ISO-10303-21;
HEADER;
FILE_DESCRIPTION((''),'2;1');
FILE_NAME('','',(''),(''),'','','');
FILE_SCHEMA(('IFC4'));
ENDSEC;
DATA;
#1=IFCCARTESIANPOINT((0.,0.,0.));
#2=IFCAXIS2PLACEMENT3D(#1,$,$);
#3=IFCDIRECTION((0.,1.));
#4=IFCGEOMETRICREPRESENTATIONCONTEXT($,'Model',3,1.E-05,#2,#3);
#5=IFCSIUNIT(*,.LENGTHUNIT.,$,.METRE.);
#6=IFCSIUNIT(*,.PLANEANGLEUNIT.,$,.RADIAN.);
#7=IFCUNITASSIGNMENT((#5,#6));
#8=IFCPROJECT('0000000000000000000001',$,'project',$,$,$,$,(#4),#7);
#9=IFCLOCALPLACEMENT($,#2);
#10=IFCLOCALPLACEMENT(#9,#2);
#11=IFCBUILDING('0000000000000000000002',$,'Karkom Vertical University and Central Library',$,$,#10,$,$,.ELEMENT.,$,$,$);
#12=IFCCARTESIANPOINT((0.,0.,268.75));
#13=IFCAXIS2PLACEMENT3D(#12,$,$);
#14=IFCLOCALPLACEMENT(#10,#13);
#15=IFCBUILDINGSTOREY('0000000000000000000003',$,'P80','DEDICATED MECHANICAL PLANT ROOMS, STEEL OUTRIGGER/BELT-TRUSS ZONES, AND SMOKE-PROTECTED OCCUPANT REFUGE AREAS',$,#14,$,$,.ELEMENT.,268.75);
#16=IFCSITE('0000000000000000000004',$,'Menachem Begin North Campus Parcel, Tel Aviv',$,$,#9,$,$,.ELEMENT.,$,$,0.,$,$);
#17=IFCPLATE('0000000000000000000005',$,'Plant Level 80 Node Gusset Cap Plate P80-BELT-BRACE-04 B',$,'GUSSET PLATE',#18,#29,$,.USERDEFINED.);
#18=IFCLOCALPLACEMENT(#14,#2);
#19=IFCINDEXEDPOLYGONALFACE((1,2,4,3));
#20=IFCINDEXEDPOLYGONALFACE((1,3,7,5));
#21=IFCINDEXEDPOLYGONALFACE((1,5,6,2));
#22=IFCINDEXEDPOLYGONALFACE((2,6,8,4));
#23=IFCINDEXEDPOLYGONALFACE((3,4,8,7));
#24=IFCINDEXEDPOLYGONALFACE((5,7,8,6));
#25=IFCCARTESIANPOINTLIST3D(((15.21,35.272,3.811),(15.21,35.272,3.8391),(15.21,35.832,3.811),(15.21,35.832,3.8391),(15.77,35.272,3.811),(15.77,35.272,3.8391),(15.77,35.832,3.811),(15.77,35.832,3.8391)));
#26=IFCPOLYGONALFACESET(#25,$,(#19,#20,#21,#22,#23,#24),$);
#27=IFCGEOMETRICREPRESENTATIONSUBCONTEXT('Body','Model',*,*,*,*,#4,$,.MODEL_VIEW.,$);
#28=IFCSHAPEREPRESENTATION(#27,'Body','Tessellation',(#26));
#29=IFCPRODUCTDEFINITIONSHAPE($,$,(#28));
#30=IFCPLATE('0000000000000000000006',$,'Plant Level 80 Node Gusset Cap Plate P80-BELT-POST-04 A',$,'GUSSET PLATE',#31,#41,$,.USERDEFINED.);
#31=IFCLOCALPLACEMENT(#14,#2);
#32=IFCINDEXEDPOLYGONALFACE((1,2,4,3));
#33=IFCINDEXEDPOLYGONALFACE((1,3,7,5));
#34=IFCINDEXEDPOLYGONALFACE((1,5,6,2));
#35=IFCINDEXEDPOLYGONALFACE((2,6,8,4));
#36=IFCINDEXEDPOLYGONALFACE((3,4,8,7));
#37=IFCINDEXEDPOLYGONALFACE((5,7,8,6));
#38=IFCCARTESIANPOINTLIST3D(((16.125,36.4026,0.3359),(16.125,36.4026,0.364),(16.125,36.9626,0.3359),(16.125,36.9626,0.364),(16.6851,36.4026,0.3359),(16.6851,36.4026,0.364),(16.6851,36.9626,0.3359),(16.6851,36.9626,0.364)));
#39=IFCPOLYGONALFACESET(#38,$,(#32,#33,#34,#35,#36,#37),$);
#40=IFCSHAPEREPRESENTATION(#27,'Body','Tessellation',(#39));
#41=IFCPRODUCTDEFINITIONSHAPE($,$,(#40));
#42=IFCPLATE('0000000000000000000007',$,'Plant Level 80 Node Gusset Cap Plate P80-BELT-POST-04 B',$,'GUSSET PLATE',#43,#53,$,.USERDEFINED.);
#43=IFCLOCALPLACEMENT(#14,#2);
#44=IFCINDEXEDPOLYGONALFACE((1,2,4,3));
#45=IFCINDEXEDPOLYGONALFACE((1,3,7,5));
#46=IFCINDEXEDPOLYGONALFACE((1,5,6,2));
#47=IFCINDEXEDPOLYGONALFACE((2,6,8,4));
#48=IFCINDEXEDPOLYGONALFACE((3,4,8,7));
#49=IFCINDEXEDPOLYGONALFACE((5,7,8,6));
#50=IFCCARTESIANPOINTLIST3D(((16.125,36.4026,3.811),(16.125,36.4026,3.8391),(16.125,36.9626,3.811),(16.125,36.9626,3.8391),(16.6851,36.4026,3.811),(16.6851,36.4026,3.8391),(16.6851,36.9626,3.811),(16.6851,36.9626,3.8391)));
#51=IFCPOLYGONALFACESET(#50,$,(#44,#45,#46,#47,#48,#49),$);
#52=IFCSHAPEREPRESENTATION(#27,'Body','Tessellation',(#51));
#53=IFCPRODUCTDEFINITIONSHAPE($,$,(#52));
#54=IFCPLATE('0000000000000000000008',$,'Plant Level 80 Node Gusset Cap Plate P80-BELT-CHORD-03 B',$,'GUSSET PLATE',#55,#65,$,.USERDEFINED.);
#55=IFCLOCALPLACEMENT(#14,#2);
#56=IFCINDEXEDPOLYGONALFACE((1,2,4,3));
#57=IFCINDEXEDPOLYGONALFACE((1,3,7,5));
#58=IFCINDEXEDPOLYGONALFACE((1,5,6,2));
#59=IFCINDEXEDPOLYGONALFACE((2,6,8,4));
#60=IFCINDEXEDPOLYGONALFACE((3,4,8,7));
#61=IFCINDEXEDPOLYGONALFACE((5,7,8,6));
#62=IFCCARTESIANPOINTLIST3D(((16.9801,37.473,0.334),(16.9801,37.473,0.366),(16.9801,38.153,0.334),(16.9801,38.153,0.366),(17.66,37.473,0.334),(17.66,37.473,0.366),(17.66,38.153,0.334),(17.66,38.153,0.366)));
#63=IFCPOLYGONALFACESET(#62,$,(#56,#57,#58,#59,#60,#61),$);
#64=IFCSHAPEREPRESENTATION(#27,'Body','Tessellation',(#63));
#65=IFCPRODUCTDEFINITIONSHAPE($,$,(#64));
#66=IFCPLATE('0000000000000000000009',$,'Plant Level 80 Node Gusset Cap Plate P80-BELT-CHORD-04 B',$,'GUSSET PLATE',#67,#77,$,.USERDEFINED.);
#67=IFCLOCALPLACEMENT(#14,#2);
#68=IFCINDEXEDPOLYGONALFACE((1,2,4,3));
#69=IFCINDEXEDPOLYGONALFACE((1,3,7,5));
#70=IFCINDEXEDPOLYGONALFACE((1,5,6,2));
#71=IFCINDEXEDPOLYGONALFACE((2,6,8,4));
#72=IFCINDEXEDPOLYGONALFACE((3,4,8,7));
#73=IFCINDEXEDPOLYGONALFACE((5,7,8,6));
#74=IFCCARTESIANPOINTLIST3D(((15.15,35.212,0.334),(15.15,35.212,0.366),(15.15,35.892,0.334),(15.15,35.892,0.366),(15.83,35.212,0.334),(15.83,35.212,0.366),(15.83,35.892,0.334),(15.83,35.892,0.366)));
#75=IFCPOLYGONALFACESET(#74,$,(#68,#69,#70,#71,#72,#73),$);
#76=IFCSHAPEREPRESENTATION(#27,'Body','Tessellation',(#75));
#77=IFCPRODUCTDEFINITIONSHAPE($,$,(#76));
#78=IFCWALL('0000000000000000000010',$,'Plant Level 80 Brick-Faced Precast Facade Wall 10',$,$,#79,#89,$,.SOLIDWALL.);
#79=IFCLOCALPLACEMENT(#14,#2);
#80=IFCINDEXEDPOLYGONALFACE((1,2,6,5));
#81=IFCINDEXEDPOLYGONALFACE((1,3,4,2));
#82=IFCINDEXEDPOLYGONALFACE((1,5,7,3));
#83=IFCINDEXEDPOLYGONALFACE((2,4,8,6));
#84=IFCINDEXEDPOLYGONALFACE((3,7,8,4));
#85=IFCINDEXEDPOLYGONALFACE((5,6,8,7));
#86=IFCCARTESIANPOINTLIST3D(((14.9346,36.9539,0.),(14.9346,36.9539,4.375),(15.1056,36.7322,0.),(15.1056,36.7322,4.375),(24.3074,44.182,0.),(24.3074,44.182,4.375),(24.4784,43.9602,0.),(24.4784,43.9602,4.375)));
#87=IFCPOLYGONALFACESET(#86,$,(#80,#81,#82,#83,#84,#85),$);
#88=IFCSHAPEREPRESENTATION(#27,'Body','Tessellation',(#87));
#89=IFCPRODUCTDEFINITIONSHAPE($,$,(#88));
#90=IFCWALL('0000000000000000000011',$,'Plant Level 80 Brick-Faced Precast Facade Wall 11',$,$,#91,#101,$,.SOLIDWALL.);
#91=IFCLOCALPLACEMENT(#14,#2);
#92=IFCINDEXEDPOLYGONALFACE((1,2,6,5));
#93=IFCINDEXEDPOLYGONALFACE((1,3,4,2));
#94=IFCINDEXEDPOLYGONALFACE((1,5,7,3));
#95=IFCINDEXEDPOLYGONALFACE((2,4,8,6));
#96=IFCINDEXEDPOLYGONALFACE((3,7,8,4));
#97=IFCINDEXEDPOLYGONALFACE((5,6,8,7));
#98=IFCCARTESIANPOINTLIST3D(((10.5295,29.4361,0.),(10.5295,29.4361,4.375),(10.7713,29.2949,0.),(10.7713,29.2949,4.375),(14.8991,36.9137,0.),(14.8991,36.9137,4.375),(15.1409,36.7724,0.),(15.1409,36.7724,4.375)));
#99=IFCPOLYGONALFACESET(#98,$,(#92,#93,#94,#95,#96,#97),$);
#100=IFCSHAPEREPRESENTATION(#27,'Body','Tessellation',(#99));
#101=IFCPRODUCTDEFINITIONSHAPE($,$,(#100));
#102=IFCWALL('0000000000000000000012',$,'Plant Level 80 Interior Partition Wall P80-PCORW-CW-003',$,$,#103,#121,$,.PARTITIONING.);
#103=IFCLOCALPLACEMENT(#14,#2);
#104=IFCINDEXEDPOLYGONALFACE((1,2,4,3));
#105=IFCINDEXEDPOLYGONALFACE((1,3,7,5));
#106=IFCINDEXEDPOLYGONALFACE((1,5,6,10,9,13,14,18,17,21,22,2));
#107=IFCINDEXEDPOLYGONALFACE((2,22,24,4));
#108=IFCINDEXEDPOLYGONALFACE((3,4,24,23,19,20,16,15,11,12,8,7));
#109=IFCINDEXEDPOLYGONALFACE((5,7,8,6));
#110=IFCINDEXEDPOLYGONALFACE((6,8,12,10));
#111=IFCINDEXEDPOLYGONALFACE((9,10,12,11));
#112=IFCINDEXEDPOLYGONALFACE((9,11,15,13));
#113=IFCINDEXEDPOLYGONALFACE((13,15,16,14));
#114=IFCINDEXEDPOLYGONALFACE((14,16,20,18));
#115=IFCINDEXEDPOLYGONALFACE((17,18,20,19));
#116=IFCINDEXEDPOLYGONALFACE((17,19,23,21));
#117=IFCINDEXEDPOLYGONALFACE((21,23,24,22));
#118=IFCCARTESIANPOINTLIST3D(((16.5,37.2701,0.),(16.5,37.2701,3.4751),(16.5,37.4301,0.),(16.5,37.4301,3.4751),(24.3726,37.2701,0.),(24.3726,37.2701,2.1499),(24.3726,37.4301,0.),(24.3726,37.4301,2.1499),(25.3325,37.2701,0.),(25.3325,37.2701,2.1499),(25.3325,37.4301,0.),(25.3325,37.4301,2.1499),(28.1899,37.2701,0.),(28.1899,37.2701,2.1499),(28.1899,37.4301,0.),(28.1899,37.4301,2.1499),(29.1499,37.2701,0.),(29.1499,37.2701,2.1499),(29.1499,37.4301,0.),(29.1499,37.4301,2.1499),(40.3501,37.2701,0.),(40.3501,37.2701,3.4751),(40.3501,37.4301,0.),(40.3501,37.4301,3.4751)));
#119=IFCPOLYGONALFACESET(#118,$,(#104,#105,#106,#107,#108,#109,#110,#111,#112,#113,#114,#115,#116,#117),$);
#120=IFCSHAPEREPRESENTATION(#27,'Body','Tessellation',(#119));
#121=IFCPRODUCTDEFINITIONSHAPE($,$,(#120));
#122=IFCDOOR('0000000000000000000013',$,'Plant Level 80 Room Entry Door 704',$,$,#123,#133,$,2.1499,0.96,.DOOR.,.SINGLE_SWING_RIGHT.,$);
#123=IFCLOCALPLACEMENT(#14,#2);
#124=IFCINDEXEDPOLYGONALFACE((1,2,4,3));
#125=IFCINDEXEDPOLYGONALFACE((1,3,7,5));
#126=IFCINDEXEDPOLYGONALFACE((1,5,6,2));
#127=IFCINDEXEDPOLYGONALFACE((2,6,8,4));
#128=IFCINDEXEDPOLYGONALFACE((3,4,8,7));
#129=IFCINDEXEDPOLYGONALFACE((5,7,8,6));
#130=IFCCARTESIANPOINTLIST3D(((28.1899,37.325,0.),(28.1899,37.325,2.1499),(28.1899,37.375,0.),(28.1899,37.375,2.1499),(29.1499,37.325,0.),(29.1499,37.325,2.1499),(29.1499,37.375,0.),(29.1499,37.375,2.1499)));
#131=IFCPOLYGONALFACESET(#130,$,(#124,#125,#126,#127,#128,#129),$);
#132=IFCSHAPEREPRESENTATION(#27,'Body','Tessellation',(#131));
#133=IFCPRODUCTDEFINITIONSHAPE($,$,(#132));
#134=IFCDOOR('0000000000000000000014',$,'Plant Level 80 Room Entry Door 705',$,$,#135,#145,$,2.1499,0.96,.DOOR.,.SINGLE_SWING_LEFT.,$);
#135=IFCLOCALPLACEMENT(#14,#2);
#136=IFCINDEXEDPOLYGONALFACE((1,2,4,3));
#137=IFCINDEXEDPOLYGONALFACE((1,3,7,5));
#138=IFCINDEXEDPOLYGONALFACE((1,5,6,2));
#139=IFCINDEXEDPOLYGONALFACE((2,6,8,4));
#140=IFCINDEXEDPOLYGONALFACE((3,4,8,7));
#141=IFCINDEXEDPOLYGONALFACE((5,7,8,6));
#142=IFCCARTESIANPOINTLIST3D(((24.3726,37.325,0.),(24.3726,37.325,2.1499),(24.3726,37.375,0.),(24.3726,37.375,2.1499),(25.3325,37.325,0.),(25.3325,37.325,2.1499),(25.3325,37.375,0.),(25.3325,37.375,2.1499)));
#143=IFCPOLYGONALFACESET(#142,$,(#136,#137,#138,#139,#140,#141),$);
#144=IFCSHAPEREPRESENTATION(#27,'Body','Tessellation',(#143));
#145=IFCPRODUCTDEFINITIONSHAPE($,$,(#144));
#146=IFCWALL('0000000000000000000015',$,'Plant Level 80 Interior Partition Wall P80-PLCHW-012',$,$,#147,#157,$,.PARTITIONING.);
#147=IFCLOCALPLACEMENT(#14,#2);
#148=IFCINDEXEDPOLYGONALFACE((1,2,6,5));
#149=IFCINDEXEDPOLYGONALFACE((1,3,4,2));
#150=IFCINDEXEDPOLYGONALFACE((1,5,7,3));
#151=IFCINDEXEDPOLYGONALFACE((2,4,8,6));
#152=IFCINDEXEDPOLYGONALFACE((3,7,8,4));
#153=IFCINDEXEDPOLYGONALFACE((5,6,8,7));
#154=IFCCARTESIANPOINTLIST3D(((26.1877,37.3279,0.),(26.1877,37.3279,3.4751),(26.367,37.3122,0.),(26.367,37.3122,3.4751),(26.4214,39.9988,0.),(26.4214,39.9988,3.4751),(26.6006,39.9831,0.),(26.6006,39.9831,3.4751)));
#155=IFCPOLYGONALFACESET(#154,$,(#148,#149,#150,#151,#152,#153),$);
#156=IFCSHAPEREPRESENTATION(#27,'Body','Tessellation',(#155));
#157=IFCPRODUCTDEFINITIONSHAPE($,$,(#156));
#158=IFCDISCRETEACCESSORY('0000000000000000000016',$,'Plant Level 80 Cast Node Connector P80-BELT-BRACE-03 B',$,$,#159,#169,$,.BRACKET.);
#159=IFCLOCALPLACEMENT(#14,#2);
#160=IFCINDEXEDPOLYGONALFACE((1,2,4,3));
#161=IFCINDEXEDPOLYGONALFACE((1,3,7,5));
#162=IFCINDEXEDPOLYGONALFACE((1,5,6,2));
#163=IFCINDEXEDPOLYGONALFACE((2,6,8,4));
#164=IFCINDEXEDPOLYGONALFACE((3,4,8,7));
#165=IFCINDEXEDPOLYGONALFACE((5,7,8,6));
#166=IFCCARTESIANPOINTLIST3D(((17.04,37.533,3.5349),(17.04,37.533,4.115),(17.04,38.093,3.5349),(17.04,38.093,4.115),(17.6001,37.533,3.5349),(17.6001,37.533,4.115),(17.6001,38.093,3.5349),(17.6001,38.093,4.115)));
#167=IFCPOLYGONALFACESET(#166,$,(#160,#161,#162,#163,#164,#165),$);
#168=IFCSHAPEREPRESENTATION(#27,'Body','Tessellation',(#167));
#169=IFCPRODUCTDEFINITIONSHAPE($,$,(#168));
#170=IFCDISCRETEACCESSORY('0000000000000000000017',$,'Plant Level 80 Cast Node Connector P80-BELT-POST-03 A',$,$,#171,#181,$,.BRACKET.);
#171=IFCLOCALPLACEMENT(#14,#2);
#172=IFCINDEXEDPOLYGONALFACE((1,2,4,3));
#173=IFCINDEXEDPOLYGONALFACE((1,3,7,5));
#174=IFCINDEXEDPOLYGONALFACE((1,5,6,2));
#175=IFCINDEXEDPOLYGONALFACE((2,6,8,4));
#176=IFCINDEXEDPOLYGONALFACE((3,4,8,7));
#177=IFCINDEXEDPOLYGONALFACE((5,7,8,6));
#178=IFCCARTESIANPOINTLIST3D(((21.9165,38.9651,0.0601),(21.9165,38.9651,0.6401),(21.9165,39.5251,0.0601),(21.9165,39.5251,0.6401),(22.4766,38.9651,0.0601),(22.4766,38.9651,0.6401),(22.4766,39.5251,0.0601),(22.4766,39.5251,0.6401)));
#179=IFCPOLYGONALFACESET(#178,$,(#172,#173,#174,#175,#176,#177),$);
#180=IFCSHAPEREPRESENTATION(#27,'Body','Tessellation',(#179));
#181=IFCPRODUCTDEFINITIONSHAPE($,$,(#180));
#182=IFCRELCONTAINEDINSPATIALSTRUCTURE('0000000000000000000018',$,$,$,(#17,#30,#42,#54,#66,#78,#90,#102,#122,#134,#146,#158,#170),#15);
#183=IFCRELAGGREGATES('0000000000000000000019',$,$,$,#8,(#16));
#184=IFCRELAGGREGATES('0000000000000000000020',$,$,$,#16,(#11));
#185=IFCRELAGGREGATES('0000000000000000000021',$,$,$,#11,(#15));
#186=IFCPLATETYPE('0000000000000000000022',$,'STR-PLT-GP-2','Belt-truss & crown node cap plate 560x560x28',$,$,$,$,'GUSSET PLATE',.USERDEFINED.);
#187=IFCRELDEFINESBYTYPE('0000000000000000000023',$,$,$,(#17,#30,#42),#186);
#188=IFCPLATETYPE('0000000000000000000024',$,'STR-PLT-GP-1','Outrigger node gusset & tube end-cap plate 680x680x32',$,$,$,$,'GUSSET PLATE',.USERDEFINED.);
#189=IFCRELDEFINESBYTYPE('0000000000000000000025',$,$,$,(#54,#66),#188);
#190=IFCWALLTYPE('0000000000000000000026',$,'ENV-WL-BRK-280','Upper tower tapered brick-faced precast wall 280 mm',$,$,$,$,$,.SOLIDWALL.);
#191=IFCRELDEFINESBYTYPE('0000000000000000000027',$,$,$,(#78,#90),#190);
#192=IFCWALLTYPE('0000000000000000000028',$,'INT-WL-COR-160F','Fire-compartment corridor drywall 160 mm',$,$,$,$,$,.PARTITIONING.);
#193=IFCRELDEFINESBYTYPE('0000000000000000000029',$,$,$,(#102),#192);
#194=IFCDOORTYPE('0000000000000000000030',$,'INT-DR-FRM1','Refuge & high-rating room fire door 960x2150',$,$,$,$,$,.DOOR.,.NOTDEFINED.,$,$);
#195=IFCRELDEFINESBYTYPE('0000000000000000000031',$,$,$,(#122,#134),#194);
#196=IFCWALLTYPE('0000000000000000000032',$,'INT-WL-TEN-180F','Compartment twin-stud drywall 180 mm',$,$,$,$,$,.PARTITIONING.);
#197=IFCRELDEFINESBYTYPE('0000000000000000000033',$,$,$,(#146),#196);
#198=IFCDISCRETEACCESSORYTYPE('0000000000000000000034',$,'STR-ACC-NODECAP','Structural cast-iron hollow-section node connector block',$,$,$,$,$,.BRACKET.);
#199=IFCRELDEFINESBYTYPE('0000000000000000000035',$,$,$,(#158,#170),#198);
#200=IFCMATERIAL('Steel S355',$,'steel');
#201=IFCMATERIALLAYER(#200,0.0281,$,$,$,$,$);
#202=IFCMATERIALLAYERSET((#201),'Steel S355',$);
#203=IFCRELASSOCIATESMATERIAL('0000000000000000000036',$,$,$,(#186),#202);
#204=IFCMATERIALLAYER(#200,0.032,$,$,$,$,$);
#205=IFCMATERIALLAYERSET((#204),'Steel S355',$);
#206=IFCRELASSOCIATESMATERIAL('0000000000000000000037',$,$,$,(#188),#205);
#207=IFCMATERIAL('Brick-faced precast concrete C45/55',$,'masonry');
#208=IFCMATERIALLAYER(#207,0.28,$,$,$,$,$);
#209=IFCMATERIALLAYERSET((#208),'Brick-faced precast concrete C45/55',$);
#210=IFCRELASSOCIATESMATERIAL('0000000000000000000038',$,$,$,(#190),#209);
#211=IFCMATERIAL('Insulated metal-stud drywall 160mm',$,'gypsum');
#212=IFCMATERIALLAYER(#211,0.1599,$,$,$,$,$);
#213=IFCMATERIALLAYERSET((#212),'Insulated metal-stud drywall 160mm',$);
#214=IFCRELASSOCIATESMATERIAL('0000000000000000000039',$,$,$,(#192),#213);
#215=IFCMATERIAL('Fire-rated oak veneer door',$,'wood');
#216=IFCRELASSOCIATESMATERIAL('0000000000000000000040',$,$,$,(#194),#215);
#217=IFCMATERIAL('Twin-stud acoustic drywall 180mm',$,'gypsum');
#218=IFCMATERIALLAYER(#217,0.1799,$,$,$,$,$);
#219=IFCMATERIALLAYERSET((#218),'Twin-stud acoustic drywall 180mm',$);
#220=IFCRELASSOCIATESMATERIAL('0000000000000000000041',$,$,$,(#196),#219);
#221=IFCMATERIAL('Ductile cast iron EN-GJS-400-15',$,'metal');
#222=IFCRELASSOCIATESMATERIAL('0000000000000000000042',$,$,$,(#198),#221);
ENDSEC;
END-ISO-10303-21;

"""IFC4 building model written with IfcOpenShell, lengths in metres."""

from ifc_helpers import new_model, si_unit, direction, frame, frame_2d, origin, origin_with_axes, origin_2d, place, context, subcontext, project, spatial, rectangle, extrude, source, transform, mapped, material, layer, layer_set, type_object, element, fill, save


model = new_model("IFC4")

# Units and contexts
model_context = context("Model", 3, precision=1e-05, world=origin(), true_north=direction((0.0, 1.0)))
body_context = subcontext(model_context, "Body", "Model", "MODEL_VIEW")
ifc_project = project(units=[si_unit("LENGTHUNIT", "METRE"), si_unit("PLANEANGLEUNIT", "RADIAN")], contexts=[model_context])

# Site, building, storey
site_placement = place(None, origin())
site = spatial("IfcSite", under=ifc_project, at=site_placement, Name="Menachem Begin North Campus Parcel, Tel Aviv", CompositionType="ELEMENT", RefElevation=0.0)
building_placement = place(site_placement, origin())
building = spatial("IfcBuilding", under=site, at=building_placement, Name="Karkom Vertical University and Central Library", CompositionType="ELEMENT")
storey_placement = place(building_placement, frame((0.0, 0.0, 268.75)))
storey = spatial("IfcBuildingStorey", under=building, at=storey_placement, Name="P80", Description="DEDICATED MECHANICAL PLANT ROOMS, STEEL OUTRIGGER/BELT-TRUSS ZONES, AND SMOKE-PROTECTED OCCUPANT REFUGE AREAS", CompositionType="ELEMENT", Elevation=268.75)

# Shared definitions
ifc_material_1 = material(Name="Steel S355", Category="steel")

# Plates
ifc_layer_1 = layer(ifc_material_1, 0.0281)
ifc_layer_set_1 = layer_set([ifc_layer_1], Name="Steel S355")
plate_type_1 = type_object("IfcPlateType", Name="STR-PLT-GP-2", Description="Belt-truss & crown node cap plate 560x560x28", ElementType="GUSSET PLATE", PredefinedType="USERDEFINED", material=ifc_layer_set_1)
shared_shape_1 = source(origin_with_axes(), body_context, "Body", "SweptSolid", [
    extrude(rectangle(XDim=0.5601, YDim=0.5601, at=origin_2d()), origin(), (0.0, 0.0, 1.0), 0.0281),
])
for number, where, z_axis, x_axis, name in (
    (1, (15.49, 35.552, 3.811), (0.0, 0.0, 1.0), (1.0, 0.0, 0.0), "Plant Level 80 Node Gusset Cap Plate P80-BELT-BRACE-04 B"),
    (2, (16.405, 36.6826, 0.3359), (0.0, 0.0, 1.0), (1.0, 0.0, 0.0), "Plant Level 80 Node Gusset Cap Plate P80-BELT-POST-04 A"),
    (3, (16.405, 36.6826, 3.811), (0.0, 0.0, 1.0), (1.0, 0.0, 0.0), "Plant Level 80 Node Gusset Cap Plate P80-BELT-POST-04 B"),
):
    element("IfcPlate", number, at=place(storey_placement, frame(where, z_axis=z_axis, x_axis=x_axis)), inside=storey, type_object=plate_type_1, Name=name, ObjectType="GUSSET PLATE", PredefinedType="USERDEFINED", context=body_context, shape_type="MappedRepresentation", body=[
        mapped(shared_shape_1, transform((0.0, 0.0, 0.0), scale=1.0)),
    ])
ifc_layer_2 = layer(ifc_material_1, 0.032)
ifc_layer_set_2 = layer_set([ifc_layer_2], Name="Steel S355")
plate_type_2 = type_object("IfcPlateType", Name="STR-PLT-GP-1", Description="Outrigger node gusset & tube end-cap plate 680x680x32", ElementType="GUSSET PLATE", PredefinedType="USERDEFINED", material=ifc_layer_set_2)
shared_shape_2 = source(origin_with_axes(), body_context, "Body", "SweptSolid", [
    extrude(rectangle(XDim=0.6799, YDim=0.6799, at=origin_2d()), origin(), (0.0, 0.0, 1.0), 0.032),
])
for number, where, z_axis, x_axis, name in (
    (4, (17.3201, 37.813, 0.334), (0.0, 0.0, 1.0), (1.0, 0.0, 0.0), "Plant Level 80 Node Gusset Cap Plate P80-BELT-CHORD-03 B"),
    (5, (15.49, 35.552, 0.334), (0.0, 0.0, 1.0), (1.0, 0.0, 0.0), "Plant Level 80 Node Gusset Cap Plate P80-BELT-CHORD-04 B"),
):
    element("IfcPlate", number, at=place(storey_placement, frame(where, z_axis=z_axis, x_axis=x_axis)), inside=storey, type_object=plate_type_2, Name=name, ObjectType="GUSSET PLATE", PredefinedType="USERDEFINED", context=body_context, shape_type="MappedRepresentation", body=[
        mapped(shared_shape_2, transform((0.0, 0.0, 0.0), scale=1.0)),
    ])

# Walls
ifc_material_2 = material(Name="Brick-faced precast concrete C45/55", Category="masonry")
ifc_layer_3 = layer(ifc_material_2, 0.28)
ifc_layer_set_3 = layer_set([ifc_layer_3], Name="Brick-faced precast concrete C45/55")
wall_type_1 = type_object("IfcWallType", Name="ENV-WL-BRK-280", Description="Upper tower tapered brick-faced precast wall 280 mm", PredefinedType="SOLIDWALL", material=ifc_layer_set_3)
wall_1_placement = place(storey_placement, frame((24.3928, 44.071, 0.0), z_axis=(0.0, 0.0, 1.0), x_axis=(-0.791881, -0.610675, 0.0)))
element("IfcWall", 6, at=wall_1_placement, inside=storey, type_object=wall_type_1, Name="Plant Level 80 Brick-Faced Precast Facade Wall 10", PredefinedType="SOLIDWALL", context=body_context, shape_type="SweptSolid", body=[
    extrude(rectangle(XDim=11.8362, YDim=0.28, at=frame_2d((5.918, 0.0))), origin(), (0.0, 0.0, 1.0), 4.375),
])
wall_2_placement = place(storey_placement, frame((15.02, 36.843, 0.0), z_axis=(0.0, 0.0, 1.0), x_axis=(-0.504537, -0.86339, 0.0)))
element("IfcWall", 7, at=wall_2_placement, inside=storey, type_object=wall_type_1, Name="Plant Level 80 Brick-Faced Precast Facade Wall 11", PredefinedType="SOLIDWALL", context=body_context, shape_type="SweptSolid", body=[
    extrude(rectangle(XDim=8.6606, YDim=0.28, at=frame_2d((4.3303, 0.0))), origin(), (0.0, 0.0, 1.0), 4.375),
])

# Wall, openings, doors
ifc_material_3 = material(Name="Insulated metal-stud drywall 160mm", Category="gypsum")
ifc_layer_4 = layer(ifc_material_3, 0.1599)
ifc_layer_set_4 = layer_set([ifc_layer_4], Name="Insulated metal-stud drywall 160mm")
wall_type_2 = type_object("IfcWallType", Name="INT-WL-COR-160F", Description="Fire-compartment corridor drywall 160 mm", PredefinedType="PARTITIONING", material=ifc_layer_set_4)
wall_3_placement = place(storey_placement, frame((16.5, 37.3501, 0.0), z_axis=(0.0, 0.0, 1.0), x_axis=(1.0, 0.0, 0.0)))
wall_3 = element("IfcWall", 8, at=wall_3_placement, inside=storey, type_object=wall_type_2, Name="Plant Level 80 Interior Partition Wall P80-PCORW-CW-003", PredefinedType="PARTITIONING", context=body_context, shape_type="SweptSolid", body=[
    extrude(rectangle(XDim=23.8501, YDim=0.1599, at=frame_2d((11.925, 0.0))), origin(), (0.0, 0.0, 1.0), 3.4751),
])
opening_1_placement = place(wall_3_placement, frame((11.6899, 0.0, 0.0)))
opening_1 = element("IfcOpeningElement", 9, at=opening_1_placement, cuts=wall_3, PredefinedType="OPENING", context=body_context, shape_type="SweptSolid", body=[
    extrude(rectangle(XDim=0.96, YDim=2.1499, at=frame_2d((0.48, 1.075))), frame((0.0, 0.0898, 0.0), z_axis=(0.0, -1.0, 0.0), x_axis=(1.0, 0.0, 0.0)), (0.0, 0.0, 1.0), 0.1799),
])
opening_2_placement = place(wall_3_placement, frame((7.8726, 0.0, 0.0)))
opening_2 = element("IfcOpeningElement", 10, at=opening_2_placement, cuts=wall_3, PredefinedType="OPENING", context=body_context, shape_type="SweptSolid", body=[
    extrude(rectangle(XDim=0.96, YDim=2.1499, at=frame_2d((0.48, 1.075))), frame((0.0, 0.0898, 0.0), z_axis=(0.0, -1.0, 0.0), x_axis=(1.0, 0.0, 0.0)), (0.0, 0.0, 1.0), 0.1799),
])
ifc_material_4 = material(Name="Fire-rated oak veneer door", Category="wood")
door_type = type_object("IfcDoorType", Name="INT-DR-FRM1", Description="Refuge & high-rating room fire door 960x2150", OperationType="NOTDEFINED", PredefinedType="DOOR", material=ifc_material_4)
shared_shape_3 = source(origin_with_axes(), body_context, "Body", "SweptSolid", [
    extrude(rectangle(XDim=0.96, YDim=2.1499, at=frame_2d((0.48, 1.075))), frame((0.0, 0.0249, 0.0), z_axis=(0.0, -1.0, 0.0), x_axis=(1.0, 0.0, 0.0)), (0.0, 0.0, 1.0), 0.05),
])
door_1_placement = place(opening_1_placement, origin())
door_1 = element("IfcDoor", 11, at=door_1_placement, inside=storey, type_object=door_type, Name="Plant Level 80 Room Entry Door 704", OperationType="SINGLE_SWING_RIGHT", OverallHeight=2.1499, OverallWidth=0.96, PredefinedType="DOOR", context=body_context, shape_type="MappedRepresentation", body=[
    mapped(shared_shape_3, transform((0.0, 0.0, 0.0), scale=1.0)),
])
fill(opening_1, door_1)
door_2_placement = place(opening_2_placement, origin())
door_2 = element("IfcDoor", 12, at=door_2_placement, inside=storey, type_object=door_type, Name="Plant Level 80 Room Entry Door 705", OperationType="SINGLE_SWING_LEFT", OverallHeight=2.1499, OverallWidth=0.96, PredefinedType="DOOR", context=body_context, shape_type="MappedRepresentation", body=[
    mapped(shared_shape_3, transform((0.0, 0.0, 0.0), scale=1.0)),
])
fill(opening_2, door_2)

# Wall
ifc_material_5 = material(Name="Twin-stud acoustic drywall 180mm", Category="gypsum")
ifc_layer_5 = layer(ifc_material_5, 0.1799)
ifc_layer_set_5 = layer_set([ifc_layer_5], Name="Twin-stud acoustic drywall 180mm")
wall_type_3 = type_object("IfcWallType", Name="INT-WL-TEN-180F", Description="Compartment twin-stud drywall 180 mm", PredefinedType="PARTITIONING", material=ifc_layer_set_5)
wall_4_placement = place(storey_placement, frame((26.511, 39.991, 0.0), z_axis=(0.0, 0.0, 1.0), x_axis=(-0.087144, -0.996196, 0.0)))
element("IfcWall", 13, at=wall_4_placement, inside=storey, type_object=wall_type_3, Name="Plant Level 80 Interior Partition Wall P80-PLCHW-012", PredefinedType="PARTITIONING", context=body_context, shape_type="SweptSolid", body=[
    extrude(rectangle(XDim=2.6812, YDim=0.1799, at=frame_2d((1.3406, 0.0))), origin(), (0.0, 0.0, 1.0), 3.4751),
])

# Discrete accessories
ifc_material_6 = material(Name="Ductile cast iron EN-GJS-400-15", Category="metal")
discrete_accessory_type = type_object("IfcDiscreteAccessoryType", Name="STR-ACC-NODECAP", Description="Structural cast-iron hollow-section node connector block", PredefinedType="BRACKET", material=ifc_material_6)
shared_shape_4 = source(origin_with_axes(), body_context, "Body", "SweptSolid", [
    extrude(rectangle(XDim=0.5601, YDim=0.5601, at=origin_2d()), origin(), (0.0, 0.0, 1.0), 0.5801),
])
for number, where, z_axis, x_axis, name in (
    (14, (17.3201, 37.813, 3.5349), (0.0, 0.0, 1.0), (1.0, 0.0, 0.0), "Plant Level 80 Cast Node Connector P80-BELT-BRACE-03 B"),
    (15, (22.1965, 39.2451, 0.0601), (0.0, 0.0, 1.0), (1.0, 0.0, 0.0), "Plant Level 80 Cast Node Connector P80-BELT-POST-03 A"),
):
    element("IfcDiscreteAccessory", number, at=place(storey_placement, frame(where, z_axis=z_axis, x_axis=x_axis)), inside=storey, type_object=discrete_accessory_type, Name=name, PredefinedType="BRACKET", context=body_context, shape_type="MappedRepresentation", body=[
        mapped(shared_shape_4, transform((0.0, 0.0, 0.0), scale=1.0)),
    ])

save(model, "model.ifc")
